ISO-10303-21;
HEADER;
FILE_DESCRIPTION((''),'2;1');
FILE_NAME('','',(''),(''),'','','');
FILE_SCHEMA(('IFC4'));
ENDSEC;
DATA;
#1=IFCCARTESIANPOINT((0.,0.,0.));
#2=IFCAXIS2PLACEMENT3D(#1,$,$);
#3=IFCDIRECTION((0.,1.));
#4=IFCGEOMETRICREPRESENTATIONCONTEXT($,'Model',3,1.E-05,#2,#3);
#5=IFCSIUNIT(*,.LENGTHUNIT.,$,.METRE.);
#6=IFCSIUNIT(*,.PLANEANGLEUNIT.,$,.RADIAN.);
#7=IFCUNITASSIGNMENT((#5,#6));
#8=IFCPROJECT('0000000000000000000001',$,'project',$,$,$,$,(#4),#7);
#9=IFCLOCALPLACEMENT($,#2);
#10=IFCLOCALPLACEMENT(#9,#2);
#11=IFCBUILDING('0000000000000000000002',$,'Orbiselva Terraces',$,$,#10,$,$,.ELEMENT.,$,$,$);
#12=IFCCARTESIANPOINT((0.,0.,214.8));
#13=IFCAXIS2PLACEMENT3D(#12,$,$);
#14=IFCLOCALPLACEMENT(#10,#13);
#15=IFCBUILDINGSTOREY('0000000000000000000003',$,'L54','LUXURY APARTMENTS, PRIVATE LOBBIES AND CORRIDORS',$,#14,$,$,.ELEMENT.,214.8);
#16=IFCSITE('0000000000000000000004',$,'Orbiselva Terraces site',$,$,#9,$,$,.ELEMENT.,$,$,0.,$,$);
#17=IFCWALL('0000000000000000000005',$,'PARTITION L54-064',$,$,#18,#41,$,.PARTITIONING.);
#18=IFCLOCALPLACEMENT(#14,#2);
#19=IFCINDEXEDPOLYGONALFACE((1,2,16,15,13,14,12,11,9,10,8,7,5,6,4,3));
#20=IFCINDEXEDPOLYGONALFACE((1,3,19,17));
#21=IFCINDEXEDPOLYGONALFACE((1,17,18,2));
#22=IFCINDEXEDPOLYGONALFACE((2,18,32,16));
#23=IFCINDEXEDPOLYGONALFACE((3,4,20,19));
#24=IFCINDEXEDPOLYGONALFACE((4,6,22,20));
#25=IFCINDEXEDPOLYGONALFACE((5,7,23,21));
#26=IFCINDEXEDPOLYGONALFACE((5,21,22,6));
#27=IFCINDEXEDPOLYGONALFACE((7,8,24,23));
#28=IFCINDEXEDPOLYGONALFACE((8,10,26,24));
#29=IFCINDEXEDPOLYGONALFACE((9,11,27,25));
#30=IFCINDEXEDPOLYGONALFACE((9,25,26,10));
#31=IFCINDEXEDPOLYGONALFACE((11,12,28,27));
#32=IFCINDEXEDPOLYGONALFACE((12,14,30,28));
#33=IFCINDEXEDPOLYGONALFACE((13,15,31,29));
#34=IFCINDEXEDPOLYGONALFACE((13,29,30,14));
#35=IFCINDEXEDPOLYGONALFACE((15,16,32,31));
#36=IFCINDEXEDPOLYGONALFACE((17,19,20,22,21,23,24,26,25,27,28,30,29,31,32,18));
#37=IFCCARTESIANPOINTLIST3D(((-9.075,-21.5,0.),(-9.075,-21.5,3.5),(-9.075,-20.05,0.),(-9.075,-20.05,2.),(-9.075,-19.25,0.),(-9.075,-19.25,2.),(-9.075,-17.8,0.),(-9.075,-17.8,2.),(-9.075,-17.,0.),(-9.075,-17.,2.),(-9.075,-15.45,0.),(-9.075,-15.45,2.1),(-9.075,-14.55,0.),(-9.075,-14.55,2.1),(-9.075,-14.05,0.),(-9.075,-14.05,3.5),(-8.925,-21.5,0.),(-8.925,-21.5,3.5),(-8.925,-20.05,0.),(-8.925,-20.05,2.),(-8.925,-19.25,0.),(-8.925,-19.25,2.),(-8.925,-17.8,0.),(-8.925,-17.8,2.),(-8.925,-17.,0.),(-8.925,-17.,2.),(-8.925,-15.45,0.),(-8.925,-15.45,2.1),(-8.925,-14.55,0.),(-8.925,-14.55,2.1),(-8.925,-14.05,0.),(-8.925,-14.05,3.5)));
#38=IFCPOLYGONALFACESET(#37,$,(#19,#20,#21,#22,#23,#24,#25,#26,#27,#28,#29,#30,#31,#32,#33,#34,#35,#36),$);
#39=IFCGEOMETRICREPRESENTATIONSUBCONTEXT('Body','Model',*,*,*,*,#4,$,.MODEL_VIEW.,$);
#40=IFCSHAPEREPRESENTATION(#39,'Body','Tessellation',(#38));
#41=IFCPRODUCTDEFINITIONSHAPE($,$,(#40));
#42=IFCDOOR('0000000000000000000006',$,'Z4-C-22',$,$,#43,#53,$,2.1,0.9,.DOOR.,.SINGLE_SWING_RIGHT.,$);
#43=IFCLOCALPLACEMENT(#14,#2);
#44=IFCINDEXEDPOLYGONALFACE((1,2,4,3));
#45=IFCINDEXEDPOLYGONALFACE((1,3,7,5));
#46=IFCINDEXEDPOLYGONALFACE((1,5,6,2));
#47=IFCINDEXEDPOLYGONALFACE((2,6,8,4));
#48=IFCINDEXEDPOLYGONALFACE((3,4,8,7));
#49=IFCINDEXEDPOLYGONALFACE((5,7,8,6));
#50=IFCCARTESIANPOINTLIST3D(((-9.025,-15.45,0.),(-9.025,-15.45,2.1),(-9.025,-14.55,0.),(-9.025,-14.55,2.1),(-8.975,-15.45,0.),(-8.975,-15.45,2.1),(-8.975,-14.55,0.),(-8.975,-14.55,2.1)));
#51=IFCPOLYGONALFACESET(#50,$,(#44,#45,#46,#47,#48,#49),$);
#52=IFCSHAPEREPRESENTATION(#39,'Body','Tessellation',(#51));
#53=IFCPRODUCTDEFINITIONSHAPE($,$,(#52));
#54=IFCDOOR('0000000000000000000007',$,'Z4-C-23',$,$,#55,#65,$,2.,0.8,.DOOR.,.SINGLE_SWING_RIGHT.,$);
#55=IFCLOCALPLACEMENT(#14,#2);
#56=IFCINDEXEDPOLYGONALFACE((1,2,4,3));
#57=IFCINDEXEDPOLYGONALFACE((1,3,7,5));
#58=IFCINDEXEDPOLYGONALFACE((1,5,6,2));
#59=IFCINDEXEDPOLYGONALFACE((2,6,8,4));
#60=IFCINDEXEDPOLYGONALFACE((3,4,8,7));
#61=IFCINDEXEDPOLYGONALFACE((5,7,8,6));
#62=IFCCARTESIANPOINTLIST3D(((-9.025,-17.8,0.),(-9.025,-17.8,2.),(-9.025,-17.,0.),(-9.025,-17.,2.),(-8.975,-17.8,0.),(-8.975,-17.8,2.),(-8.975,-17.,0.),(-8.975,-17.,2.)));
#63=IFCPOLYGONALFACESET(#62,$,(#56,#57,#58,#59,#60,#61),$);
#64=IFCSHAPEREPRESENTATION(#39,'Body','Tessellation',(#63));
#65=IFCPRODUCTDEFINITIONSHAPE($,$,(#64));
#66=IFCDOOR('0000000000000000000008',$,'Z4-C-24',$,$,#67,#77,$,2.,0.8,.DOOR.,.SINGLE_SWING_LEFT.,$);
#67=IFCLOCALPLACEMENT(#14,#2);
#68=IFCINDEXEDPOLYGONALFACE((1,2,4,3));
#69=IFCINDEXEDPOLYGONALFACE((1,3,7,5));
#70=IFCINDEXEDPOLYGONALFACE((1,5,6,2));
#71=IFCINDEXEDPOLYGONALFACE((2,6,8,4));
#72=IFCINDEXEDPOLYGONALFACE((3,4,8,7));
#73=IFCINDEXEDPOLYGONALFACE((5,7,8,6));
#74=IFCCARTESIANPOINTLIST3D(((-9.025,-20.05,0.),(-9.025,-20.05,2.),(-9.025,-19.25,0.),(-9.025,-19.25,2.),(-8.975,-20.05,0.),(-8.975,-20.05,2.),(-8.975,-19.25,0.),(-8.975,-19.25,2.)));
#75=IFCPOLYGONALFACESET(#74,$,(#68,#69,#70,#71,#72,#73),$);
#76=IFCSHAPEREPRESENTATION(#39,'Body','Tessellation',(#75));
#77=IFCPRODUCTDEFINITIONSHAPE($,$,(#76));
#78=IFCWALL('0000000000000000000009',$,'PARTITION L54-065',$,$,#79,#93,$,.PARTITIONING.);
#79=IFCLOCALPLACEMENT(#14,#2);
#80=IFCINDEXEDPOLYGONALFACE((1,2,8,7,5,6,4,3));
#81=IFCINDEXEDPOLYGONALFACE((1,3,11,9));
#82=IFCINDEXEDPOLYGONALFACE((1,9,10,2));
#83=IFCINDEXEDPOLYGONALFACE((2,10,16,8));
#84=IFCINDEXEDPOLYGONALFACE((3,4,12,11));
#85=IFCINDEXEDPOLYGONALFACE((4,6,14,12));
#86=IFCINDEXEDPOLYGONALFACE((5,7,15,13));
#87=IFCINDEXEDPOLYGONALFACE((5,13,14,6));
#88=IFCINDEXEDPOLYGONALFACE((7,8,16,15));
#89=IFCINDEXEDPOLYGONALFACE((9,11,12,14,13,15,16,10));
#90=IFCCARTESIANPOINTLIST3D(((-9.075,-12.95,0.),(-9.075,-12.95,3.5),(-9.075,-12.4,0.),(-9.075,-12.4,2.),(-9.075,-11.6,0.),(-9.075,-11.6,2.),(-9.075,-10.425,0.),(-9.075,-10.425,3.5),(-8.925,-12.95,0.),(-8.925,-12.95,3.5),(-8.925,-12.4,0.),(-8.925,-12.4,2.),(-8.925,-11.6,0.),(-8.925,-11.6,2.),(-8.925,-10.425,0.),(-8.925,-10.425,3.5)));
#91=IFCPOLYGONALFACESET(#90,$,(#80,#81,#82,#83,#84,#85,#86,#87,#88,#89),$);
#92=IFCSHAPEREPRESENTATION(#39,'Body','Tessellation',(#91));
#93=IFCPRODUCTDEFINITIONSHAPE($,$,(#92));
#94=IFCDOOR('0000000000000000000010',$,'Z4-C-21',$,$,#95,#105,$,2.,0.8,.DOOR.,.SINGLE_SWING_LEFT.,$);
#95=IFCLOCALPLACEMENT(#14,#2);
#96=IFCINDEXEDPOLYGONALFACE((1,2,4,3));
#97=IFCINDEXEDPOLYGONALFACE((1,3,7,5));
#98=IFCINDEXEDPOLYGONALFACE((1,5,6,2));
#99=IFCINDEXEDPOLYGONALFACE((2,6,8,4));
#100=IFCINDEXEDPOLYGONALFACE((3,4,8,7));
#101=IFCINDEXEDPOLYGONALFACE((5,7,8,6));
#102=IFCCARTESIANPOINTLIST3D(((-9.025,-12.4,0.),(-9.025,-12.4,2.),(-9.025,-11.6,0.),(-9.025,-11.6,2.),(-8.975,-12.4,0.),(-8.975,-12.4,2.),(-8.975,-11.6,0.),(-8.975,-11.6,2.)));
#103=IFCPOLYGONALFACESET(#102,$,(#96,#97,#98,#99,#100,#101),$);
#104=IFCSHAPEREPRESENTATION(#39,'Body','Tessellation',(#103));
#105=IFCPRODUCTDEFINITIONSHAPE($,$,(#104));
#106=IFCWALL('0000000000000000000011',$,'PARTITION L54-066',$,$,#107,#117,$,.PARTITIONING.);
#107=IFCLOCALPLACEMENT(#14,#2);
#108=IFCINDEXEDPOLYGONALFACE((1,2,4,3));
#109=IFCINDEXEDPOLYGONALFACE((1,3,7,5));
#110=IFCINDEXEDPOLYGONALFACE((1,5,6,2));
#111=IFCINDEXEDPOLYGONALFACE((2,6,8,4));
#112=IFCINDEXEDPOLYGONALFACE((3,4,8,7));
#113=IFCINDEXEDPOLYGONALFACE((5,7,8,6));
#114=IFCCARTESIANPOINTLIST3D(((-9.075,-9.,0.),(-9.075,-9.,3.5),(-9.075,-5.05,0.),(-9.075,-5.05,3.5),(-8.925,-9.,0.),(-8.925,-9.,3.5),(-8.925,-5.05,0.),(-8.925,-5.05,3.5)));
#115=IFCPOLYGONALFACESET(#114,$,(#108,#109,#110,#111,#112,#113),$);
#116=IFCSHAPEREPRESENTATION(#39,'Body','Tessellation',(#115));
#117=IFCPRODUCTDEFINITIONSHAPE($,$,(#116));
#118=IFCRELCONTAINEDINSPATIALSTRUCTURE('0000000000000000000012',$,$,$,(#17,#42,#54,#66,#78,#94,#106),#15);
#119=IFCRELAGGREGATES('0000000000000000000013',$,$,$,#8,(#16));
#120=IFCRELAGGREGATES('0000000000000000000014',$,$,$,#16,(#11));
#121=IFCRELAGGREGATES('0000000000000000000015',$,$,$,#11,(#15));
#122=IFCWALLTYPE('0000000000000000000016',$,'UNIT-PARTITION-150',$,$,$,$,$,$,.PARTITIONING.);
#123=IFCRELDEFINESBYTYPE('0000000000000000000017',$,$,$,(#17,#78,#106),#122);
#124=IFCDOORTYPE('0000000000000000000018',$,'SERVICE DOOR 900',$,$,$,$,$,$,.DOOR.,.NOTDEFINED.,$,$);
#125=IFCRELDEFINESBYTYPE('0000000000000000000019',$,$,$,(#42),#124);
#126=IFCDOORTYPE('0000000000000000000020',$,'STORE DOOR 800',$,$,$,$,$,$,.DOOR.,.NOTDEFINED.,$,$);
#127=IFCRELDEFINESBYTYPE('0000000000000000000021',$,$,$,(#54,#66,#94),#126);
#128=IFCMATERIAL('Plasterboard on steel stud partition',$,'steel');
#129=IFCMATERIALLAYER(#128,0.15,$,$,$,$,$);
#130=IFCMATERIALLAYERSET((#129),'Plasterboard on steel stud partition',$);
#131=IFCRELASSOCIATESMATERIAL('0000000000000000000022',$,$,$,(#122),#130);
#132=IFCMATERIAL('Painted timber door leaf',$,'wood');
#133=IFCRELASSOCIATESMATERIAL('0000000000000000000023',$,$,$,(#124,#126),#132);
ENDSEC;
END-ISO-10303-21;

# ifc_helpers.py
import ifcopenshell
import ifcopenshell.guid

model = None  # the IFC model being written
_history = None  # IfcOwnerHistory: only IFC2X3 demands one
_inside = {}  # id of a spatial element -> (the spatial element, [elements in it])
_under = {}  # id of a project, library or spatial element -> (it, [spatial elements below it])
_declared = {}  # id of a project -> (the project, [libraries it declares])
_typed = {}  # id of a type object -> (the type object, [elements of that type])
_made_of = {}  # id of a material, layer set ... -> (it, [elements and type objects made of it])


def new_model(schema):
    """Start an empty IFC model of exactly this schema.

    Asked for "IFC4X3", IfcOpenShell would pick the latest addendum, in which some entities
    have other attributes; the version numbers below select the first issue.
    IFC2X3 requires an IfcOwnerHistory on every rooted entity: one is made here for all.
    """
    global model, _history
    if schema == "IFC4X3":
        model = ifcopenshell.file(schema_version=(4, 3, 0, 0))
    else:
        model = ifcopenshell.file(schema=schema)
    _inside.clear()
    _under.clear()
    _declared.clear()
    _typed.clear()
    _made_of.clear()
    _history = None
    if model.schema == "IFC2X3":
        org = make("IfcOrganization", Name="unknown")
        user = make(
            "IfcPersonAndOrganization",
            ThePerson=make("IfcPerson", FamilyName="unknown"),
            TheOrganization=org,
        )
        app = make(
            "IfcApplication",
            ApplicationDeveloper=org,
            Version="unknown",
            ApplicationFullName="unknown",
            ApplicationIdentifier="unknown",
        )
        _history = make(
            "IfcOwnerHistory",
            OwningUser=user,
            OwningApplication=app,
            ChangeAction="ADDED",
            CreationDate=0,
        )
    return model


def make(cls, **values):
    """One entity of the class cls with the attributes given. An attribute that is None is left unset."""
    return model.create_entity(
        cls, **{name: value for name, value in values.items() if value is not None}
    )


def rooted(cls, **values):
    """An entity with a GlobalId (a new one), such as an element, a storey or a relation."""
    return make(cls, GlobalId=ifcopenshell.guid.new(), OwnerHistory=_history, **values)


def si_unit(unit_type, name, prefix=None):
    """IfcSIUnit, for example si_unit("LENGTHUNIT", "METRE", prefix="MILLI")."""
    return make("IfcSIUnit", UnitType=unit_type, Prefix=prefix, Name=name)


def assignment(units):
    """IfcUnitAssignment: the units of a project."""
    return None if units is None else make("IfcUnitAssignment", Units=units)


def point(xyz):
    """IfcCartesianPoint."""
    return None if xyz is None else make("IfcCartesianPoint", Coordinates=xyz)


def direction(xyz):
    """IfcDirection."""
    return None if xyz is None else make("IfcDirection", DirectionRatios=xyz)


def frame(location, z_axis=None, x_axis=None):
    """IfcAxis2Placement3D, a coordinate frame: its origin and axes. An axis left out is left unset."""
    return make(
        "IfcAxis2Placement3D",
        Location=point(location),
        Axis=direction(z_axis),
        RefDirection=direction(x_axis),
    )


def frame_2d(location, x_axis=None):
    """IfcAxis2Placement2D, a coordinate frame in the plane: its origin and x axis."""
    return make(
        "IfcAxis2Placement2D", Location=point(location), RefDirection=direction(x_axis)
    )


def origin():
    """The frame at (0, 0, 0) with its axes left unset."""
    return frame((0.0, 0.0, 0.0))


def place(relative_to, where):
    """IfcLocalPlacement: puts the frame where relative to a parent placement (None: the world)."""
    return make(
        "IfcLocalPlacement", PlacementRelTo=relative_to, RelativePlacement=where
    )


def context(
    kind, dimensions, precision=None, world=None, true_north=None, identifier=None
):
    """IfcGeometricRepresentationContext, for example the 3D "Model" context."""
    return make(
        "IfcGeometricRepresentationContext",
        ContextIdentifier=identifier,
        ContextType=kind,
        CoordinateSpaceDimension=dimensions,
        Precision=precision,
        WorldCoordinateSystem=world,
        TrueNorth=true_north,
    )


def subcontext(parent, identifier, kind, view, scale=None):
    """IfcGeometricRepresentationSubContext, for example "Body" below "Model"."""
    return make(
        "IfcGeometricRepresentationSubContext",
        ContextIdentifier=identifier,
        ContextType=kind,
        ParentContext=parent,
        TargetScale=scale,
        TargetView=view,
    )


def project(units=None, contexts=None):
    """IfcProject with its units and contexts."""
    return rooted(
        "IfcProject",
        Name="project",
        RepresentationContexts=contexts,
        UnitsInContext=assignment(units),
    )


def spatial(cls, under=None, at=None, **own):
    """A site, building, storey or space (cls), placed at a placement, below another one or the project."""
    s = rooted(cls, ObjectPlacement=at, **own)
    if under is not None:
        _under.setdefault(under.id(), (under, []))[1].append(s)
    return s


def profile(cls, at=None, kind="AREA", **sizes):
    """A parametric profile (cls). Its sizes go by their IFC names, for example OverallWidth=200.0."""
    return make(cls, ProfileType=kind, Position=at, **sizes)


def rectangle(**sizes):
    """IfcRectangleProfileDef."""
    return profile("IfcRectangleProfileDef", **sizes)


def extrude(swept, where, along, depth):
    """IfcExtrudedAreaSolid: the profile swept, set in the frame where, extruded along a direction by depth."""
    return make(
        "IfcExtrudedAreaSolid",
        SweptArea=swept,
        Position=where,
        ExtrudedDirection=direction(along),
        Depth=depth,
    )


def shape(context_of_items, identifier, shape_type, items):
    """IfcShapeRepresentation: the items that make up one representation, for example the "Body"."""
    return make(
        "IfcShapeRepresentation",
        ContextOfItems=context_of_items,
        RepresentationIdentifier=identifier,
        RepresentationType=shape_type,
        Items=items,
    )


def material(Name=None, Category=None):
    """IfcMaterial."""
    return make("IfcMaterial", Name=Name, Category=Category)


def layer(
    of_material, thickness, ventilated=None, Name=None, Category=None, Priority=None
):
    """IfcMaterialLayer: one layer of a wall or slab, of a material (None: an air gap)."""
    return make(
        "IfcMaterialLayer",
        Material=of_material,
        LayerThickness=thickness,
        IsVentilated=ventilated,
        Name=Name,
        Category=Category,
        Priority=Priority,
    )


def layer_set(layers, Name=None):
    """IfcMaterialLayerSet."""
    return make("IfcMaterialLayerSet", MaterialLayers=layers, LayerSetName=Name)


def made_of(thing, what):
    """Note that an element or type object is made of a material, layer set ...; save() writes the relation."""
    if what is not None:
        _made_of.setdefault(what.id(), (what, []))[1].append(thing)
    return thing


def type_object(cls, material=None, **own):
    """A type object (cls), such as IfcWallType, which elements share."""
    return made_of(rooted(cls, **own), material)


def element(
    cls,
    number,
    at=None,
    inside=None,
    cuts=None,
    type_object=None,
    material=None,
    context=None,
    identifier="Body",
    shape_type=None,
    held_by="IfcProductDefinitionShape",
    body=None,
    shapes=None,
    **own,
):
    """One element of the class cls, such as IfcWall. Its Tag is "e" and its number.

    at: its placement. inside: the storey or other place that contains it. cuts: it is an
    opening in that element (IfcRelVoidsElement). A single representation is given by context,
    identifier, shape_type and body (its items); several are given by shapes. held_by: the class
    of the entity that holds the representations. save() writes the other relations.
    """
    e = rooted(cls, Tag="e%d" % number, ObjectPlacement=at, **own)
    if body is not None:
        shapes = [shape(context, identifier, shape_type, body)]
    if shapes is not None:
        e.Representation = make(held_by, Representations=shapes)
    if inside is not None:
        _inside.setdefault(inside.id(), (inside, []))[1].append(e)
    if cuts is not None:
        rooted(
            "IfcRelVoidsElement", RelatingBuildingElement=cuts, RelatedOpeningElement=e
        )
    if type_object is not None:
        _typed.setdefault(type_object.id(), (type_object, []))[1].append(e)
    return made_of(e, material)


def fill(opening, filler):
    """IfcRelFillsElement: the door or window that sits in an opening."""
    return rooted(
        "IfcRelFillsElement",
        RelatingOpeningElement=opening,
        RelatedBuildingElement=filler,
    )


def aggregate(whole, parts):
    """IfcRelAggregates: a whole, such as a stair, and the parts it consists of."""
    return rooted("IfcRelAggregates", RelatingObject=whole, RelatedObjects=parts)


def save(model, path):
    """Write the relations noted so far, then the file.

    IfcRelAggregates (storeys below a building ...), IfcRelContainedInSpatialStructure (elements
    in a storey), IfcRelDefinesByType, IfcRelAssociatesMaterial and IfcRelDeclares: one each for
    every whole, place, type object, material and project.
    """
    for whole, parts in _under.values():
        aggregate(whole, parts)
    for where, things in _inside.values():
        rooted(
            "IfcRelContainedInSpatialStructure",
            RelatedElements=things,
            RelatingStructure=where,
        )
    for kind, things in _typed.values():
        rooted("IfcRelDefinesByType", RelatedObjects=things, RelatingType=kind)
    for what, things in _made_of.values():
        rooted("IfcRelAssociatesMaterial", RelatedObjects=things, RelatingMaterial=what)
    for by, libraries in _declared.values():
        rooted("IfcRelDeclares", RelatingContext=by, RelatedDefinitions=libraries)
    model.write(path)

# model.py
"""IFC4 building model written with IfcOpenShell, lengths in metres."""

from ifc_helpers import new_model, si_unit, direction, frame, frame_2d, origin, place, context, subcontext, project, spatial, rectangle, extrude, material, layer, layer_set, type_object, element, fill, save


model = new_model("IFC4")

# Units and contexts
model_context = context("Model", 3, precision=1e-05, world=origin(), true_north=direction((0.0, 1.0)))
body_context = subcontext(model_context, "Body", "Model", "MODEL_VIEW")
ifc_project = project(units=[si_unit("LENGTHUNIT", "METRE"), si_unit("PLANEANGLEUNIT", "RADIAN")], contexts=[model_context])

# Site, building, storey
site_placement = place(None, origin())
site = spatial("IfcSite", under=ifc_project, at=site_placement, Name="Orbiselva Terraces site", CompositionType="ELEMENT", RefElevation=0.0)
building_placement = place(site_placement, origin())
building = spatial("IfcBuilding", under=site, at=building_placement, Name="Orbiselva Terraces", CompositionType="ELEMENT")
storey_placement = place(building_placement, frame((0.0, 0.0, 214.8)))
storey = spatial("IfcBuildingStorey", under=building, at=storey_placement, Name="L54", Description="LUXURY APARTMENTS, PRIVATE LOBBIES AND CORRIDORS", CompositionType="ELEMENT", Elevation=214.8)

# Shared definitions
ifc_material_1 = material(Name="Plasterboard on steel stud partition", Category="steel")
ifc_material_2 = material(Name="Painted timber door leaf", Category="wood")

# Shared definitions
ifc_layer_1 = layer(ifc_material_1, 0.15)
ifc_layer_set_1 = layer_set([ifc_layer_1], Name="Plasterboard on steel stud partition")
wall_type_1 = type_object("IfcWallType", Name="UNIT-PARTITION-150", PredefinedType="PARTITIONING", material=ifc_layer_set_1)

# Wall, openings, doors
wall_1_placement = place(storey_placement, frame((-9.0, -21.5, 0.0), z_axis=(0.0, 0.0, 1.0), x_axis=(0.0, 1.0, 0.0)))
wall_1 = element("IfcWall", 1, at=wall_1_placement, inside=storey, type_object=wall_type_1, Name="PARTITION L54-064", PredefinedType="PARTITIONING", context=body_context, shape_type="SweptSolid", body=[
    extrude(rectangle(XDim=7.45, YDim=0.15, at=frame_2d((3.725, 0.0))), origin(), (0.0, 0.0, 1.0), 3.5),
])
opening_1_placement = place(wall_1_placement, frame((6.05, 0.0, 0.0)))
opening_1 = element("IfcOpeningElement", 2, at=opening_1_placement, cuts=wall_1, PredefinedType="OPENING", context=body_context, shape_type="SweptSolid", body=[
    extrude(rectangle(XDim=0.9, YDim=2.1, at=frame_2d((0.45, 1.05))), frame((0.0, 0.085, 0.0), z_axis=(0.0, -1.0, 0.0), x_axis=(1.0, 0.0, 0.0)), (0.0, 0.0, 1.0), 0.17),
])
opening_2_placement = place(wall_1_placement, frame((3.7, 0.0, 0.0)))
opening_2 = element("IfcOpeningElement", 3, at=opening_2_placement, cuts=wall_1, PredefinedType="OPENING", context=body_context, shape_type="SweptSolid", body=[
    extrude(rectangle(XDim=0.8, YDim=2.0, at=frame_2d((0.4, 1.0))), frame((0.0, 0.085, 0.0), z_axis=(0.0, -1.0, 0.0), x_axis=(1.0, 0.0, 0.0)), (0.0, 0.0, 1.0), 0.17),
])
opening_3_placement = place(wall_1_placement, frame((1.45, 0.0, 0.0)))
opening_3 = element("IfcOpeningElement", 4, at=opening_3_placement, cuts=wall_1, PredefinedType="OPENING", context=body_context, shape_type="SweptSolid", body=[
    extrude(rectangle(XDim=0.8, YDim=2.0, at=frame_2d((0.4, 1.0))), frame((0.0, 0.085, 0.0), z_axis=(0.0, -1.0, 0.0), x_axis=(1.0, 0.0, 0.0)), (0.0, 0.0, 1.0), 0.17),
])
door_type_1 = type_object("IfcDoorType", Name="SERVICE DOOR 900", OperationType="NOTDEFINED", PredefinedType="DOOR", material=ifc_material_2)
door_1_placement = place(opening_1_placement, origin())
door_1 = element("IfcDoor", 5, at=door_1_placement, inside=storey, type_object=door_type_1, Name="Z4-C-22", OperationType="SINGLE_SWING_RIGHT", OverallHeight=2.1, OverallWidth=0.9, PredefinedType="DOOR", context=body_context, shape_type="SweptSolid", body=[
    extrude(rectangle(XDim=0.9, YDim=2.1, at=frame_2d((0.45, 1.05))), frame((0.0, 0.025, 0.0), z_axis=(0.0, -1.0, 0.0), x_axis=(1.0, 0.0, 0.0)), (0.0, 0.0, 1.0), 0.05),
])
fill(opening_1, door_1)
door_type_2 = type_object("IfcDoorType", Name="STORE DOOR 800", OperationType="NOTDEFINED", PredefinedType="DOOR", material=ifc_material_2)
door_2_placement = place(opening_2_placement, origin())
door_2 = element("IfcDoor", 6, at=door_2_placement, inside=storey, type_object=door_type_2, Name="Z4-C-23", OperationType="SINGLE_SWING_RIGHT", OverallHeight=2.0, OverallWidth=0.8, PredefinedType="DOOR", context=body_context, shape_type="SweptSolid", body=[
    extrude(rectangle(XDim=0.8, YDim=2.0, at=frame_2d((0.4, 1.0))), frame((0.0, 0.025, 0.0), z_axis=(0.0, -1.0, 0.0), x_axis=(1.0, 0.0, 0.0)), (0.0, 0.0, 1.0), 0.05),
])
fill(opening_2, door_2)
door_3_placement = place(opening_3_placement, origin())
door_3 = element("IfcDoor", 7, at=door_3_placement, inside=storey, type_object=door_type_2, Name="Z4-C-24", OperationType="SINGLE_SWING_LEFT", OverallHeight=2.0, OverallWidth=0.8, PredefinedType="DOOR", context=body_context, shape_type="SweptSolid", body=[
    extrude(rectangle(XDim=0.8, YDim=2.0, at=frame_2d((0.4, 1.0))), frame((0.0, 0.025, 0.0), z_axis=(0.0, -1.0, 0.0), x_axis=(1.0, 0.0, 0.0)), (0.0, 0.0, 1.0), 0.05),
])
fill(opening_3, door_3)

# Wall, opening, door
wall_2_placement = place(storey_placement, frame((-9.0, -12.95, 0.0), z_axis=(0.0, 0.0, 1.0), x_axis=(0.0, 1.0, 0.0)))
wall_2 = element("IfcWall", 8, at=wall_2_placement, inside=storey, type_object=wall_type_1, Name="PARTITION L54-065", PredefinedType="PARTITIONING", context=body_context, shape_type="SweptSolid", body=[
    extrude(rectangle(XDim=2.525, YDim=0.15, at=frame_2d((1.2625, 0.0))), origin(), (0.0, 0.0, 1.0), 3.5),
])
opening_4_placement = place(wall_2_placement, frame((0.55, 0.0, 0.0)))
opening_4 = element("IfcOpeningElement", 9, at=opening_4_placement, cuts=wall_2, PredefinedType="OPENING", context=body_context, shape_type="SweptSolid", body=[
    extrude(rectangle(XDim=0.8, YDim=2.0, at=frame_2d((0.4, 1.0))), frame((0.0, 0.085, 0.0), z_axis=(0.0, -1.0, 0.0), x_axis=(1.0, 0.0, 0.0)), (0.0, 0.0, 1.0), 0.17),
])
door_4_placement = place(opening_4_placement, origin())
door_4 = element("IfcDoor", 10, at=door_4_placement, inside=storey, type_object=door_type_2, Name="Z4-C-21", OperationType="SINGLE_SWING_LEFT", OverallHeight=2.0, OverallWidth=0.8, PredefinedType="DOOR", context=body_context, shape_type="SweptSolid", body=[
    extrude(rectangle(XDim=0.8, YDim=2.0, at=frame_2d((0.4, 1.0))), frame((0.0, 0.025, 0.0), z_axis=(0.0, -1.0, 0.0), x_axis=(1.0, 0.0, 0.0)), (0.0, 0.0, 1.0), 0.05),
])
fill(opening_4, door_4)

# Wall
wall_3_placement = place(storey_placement, frame((-9.0, -9.0, 0.0), z_axis=(0.0, 0.0, 1.0), x_axis=(0.0, 1.0, 0.0)))
element("IfcWall", 11, at=wall_3_placement, inside=storey, type_object=wall_type_1, Name="PARTITION L54-066", PredefinedType="PARTITIONING", context=body_context, shape_type="SweptSolid", body=[
    extrude(rectangle(XDim=3.95, YDim=0.15, at=frame_2d((1.975, 0.0))), origin(), (0.0, 0.0, 1.0), 3.5),
])

save(model, "model.ifc")
